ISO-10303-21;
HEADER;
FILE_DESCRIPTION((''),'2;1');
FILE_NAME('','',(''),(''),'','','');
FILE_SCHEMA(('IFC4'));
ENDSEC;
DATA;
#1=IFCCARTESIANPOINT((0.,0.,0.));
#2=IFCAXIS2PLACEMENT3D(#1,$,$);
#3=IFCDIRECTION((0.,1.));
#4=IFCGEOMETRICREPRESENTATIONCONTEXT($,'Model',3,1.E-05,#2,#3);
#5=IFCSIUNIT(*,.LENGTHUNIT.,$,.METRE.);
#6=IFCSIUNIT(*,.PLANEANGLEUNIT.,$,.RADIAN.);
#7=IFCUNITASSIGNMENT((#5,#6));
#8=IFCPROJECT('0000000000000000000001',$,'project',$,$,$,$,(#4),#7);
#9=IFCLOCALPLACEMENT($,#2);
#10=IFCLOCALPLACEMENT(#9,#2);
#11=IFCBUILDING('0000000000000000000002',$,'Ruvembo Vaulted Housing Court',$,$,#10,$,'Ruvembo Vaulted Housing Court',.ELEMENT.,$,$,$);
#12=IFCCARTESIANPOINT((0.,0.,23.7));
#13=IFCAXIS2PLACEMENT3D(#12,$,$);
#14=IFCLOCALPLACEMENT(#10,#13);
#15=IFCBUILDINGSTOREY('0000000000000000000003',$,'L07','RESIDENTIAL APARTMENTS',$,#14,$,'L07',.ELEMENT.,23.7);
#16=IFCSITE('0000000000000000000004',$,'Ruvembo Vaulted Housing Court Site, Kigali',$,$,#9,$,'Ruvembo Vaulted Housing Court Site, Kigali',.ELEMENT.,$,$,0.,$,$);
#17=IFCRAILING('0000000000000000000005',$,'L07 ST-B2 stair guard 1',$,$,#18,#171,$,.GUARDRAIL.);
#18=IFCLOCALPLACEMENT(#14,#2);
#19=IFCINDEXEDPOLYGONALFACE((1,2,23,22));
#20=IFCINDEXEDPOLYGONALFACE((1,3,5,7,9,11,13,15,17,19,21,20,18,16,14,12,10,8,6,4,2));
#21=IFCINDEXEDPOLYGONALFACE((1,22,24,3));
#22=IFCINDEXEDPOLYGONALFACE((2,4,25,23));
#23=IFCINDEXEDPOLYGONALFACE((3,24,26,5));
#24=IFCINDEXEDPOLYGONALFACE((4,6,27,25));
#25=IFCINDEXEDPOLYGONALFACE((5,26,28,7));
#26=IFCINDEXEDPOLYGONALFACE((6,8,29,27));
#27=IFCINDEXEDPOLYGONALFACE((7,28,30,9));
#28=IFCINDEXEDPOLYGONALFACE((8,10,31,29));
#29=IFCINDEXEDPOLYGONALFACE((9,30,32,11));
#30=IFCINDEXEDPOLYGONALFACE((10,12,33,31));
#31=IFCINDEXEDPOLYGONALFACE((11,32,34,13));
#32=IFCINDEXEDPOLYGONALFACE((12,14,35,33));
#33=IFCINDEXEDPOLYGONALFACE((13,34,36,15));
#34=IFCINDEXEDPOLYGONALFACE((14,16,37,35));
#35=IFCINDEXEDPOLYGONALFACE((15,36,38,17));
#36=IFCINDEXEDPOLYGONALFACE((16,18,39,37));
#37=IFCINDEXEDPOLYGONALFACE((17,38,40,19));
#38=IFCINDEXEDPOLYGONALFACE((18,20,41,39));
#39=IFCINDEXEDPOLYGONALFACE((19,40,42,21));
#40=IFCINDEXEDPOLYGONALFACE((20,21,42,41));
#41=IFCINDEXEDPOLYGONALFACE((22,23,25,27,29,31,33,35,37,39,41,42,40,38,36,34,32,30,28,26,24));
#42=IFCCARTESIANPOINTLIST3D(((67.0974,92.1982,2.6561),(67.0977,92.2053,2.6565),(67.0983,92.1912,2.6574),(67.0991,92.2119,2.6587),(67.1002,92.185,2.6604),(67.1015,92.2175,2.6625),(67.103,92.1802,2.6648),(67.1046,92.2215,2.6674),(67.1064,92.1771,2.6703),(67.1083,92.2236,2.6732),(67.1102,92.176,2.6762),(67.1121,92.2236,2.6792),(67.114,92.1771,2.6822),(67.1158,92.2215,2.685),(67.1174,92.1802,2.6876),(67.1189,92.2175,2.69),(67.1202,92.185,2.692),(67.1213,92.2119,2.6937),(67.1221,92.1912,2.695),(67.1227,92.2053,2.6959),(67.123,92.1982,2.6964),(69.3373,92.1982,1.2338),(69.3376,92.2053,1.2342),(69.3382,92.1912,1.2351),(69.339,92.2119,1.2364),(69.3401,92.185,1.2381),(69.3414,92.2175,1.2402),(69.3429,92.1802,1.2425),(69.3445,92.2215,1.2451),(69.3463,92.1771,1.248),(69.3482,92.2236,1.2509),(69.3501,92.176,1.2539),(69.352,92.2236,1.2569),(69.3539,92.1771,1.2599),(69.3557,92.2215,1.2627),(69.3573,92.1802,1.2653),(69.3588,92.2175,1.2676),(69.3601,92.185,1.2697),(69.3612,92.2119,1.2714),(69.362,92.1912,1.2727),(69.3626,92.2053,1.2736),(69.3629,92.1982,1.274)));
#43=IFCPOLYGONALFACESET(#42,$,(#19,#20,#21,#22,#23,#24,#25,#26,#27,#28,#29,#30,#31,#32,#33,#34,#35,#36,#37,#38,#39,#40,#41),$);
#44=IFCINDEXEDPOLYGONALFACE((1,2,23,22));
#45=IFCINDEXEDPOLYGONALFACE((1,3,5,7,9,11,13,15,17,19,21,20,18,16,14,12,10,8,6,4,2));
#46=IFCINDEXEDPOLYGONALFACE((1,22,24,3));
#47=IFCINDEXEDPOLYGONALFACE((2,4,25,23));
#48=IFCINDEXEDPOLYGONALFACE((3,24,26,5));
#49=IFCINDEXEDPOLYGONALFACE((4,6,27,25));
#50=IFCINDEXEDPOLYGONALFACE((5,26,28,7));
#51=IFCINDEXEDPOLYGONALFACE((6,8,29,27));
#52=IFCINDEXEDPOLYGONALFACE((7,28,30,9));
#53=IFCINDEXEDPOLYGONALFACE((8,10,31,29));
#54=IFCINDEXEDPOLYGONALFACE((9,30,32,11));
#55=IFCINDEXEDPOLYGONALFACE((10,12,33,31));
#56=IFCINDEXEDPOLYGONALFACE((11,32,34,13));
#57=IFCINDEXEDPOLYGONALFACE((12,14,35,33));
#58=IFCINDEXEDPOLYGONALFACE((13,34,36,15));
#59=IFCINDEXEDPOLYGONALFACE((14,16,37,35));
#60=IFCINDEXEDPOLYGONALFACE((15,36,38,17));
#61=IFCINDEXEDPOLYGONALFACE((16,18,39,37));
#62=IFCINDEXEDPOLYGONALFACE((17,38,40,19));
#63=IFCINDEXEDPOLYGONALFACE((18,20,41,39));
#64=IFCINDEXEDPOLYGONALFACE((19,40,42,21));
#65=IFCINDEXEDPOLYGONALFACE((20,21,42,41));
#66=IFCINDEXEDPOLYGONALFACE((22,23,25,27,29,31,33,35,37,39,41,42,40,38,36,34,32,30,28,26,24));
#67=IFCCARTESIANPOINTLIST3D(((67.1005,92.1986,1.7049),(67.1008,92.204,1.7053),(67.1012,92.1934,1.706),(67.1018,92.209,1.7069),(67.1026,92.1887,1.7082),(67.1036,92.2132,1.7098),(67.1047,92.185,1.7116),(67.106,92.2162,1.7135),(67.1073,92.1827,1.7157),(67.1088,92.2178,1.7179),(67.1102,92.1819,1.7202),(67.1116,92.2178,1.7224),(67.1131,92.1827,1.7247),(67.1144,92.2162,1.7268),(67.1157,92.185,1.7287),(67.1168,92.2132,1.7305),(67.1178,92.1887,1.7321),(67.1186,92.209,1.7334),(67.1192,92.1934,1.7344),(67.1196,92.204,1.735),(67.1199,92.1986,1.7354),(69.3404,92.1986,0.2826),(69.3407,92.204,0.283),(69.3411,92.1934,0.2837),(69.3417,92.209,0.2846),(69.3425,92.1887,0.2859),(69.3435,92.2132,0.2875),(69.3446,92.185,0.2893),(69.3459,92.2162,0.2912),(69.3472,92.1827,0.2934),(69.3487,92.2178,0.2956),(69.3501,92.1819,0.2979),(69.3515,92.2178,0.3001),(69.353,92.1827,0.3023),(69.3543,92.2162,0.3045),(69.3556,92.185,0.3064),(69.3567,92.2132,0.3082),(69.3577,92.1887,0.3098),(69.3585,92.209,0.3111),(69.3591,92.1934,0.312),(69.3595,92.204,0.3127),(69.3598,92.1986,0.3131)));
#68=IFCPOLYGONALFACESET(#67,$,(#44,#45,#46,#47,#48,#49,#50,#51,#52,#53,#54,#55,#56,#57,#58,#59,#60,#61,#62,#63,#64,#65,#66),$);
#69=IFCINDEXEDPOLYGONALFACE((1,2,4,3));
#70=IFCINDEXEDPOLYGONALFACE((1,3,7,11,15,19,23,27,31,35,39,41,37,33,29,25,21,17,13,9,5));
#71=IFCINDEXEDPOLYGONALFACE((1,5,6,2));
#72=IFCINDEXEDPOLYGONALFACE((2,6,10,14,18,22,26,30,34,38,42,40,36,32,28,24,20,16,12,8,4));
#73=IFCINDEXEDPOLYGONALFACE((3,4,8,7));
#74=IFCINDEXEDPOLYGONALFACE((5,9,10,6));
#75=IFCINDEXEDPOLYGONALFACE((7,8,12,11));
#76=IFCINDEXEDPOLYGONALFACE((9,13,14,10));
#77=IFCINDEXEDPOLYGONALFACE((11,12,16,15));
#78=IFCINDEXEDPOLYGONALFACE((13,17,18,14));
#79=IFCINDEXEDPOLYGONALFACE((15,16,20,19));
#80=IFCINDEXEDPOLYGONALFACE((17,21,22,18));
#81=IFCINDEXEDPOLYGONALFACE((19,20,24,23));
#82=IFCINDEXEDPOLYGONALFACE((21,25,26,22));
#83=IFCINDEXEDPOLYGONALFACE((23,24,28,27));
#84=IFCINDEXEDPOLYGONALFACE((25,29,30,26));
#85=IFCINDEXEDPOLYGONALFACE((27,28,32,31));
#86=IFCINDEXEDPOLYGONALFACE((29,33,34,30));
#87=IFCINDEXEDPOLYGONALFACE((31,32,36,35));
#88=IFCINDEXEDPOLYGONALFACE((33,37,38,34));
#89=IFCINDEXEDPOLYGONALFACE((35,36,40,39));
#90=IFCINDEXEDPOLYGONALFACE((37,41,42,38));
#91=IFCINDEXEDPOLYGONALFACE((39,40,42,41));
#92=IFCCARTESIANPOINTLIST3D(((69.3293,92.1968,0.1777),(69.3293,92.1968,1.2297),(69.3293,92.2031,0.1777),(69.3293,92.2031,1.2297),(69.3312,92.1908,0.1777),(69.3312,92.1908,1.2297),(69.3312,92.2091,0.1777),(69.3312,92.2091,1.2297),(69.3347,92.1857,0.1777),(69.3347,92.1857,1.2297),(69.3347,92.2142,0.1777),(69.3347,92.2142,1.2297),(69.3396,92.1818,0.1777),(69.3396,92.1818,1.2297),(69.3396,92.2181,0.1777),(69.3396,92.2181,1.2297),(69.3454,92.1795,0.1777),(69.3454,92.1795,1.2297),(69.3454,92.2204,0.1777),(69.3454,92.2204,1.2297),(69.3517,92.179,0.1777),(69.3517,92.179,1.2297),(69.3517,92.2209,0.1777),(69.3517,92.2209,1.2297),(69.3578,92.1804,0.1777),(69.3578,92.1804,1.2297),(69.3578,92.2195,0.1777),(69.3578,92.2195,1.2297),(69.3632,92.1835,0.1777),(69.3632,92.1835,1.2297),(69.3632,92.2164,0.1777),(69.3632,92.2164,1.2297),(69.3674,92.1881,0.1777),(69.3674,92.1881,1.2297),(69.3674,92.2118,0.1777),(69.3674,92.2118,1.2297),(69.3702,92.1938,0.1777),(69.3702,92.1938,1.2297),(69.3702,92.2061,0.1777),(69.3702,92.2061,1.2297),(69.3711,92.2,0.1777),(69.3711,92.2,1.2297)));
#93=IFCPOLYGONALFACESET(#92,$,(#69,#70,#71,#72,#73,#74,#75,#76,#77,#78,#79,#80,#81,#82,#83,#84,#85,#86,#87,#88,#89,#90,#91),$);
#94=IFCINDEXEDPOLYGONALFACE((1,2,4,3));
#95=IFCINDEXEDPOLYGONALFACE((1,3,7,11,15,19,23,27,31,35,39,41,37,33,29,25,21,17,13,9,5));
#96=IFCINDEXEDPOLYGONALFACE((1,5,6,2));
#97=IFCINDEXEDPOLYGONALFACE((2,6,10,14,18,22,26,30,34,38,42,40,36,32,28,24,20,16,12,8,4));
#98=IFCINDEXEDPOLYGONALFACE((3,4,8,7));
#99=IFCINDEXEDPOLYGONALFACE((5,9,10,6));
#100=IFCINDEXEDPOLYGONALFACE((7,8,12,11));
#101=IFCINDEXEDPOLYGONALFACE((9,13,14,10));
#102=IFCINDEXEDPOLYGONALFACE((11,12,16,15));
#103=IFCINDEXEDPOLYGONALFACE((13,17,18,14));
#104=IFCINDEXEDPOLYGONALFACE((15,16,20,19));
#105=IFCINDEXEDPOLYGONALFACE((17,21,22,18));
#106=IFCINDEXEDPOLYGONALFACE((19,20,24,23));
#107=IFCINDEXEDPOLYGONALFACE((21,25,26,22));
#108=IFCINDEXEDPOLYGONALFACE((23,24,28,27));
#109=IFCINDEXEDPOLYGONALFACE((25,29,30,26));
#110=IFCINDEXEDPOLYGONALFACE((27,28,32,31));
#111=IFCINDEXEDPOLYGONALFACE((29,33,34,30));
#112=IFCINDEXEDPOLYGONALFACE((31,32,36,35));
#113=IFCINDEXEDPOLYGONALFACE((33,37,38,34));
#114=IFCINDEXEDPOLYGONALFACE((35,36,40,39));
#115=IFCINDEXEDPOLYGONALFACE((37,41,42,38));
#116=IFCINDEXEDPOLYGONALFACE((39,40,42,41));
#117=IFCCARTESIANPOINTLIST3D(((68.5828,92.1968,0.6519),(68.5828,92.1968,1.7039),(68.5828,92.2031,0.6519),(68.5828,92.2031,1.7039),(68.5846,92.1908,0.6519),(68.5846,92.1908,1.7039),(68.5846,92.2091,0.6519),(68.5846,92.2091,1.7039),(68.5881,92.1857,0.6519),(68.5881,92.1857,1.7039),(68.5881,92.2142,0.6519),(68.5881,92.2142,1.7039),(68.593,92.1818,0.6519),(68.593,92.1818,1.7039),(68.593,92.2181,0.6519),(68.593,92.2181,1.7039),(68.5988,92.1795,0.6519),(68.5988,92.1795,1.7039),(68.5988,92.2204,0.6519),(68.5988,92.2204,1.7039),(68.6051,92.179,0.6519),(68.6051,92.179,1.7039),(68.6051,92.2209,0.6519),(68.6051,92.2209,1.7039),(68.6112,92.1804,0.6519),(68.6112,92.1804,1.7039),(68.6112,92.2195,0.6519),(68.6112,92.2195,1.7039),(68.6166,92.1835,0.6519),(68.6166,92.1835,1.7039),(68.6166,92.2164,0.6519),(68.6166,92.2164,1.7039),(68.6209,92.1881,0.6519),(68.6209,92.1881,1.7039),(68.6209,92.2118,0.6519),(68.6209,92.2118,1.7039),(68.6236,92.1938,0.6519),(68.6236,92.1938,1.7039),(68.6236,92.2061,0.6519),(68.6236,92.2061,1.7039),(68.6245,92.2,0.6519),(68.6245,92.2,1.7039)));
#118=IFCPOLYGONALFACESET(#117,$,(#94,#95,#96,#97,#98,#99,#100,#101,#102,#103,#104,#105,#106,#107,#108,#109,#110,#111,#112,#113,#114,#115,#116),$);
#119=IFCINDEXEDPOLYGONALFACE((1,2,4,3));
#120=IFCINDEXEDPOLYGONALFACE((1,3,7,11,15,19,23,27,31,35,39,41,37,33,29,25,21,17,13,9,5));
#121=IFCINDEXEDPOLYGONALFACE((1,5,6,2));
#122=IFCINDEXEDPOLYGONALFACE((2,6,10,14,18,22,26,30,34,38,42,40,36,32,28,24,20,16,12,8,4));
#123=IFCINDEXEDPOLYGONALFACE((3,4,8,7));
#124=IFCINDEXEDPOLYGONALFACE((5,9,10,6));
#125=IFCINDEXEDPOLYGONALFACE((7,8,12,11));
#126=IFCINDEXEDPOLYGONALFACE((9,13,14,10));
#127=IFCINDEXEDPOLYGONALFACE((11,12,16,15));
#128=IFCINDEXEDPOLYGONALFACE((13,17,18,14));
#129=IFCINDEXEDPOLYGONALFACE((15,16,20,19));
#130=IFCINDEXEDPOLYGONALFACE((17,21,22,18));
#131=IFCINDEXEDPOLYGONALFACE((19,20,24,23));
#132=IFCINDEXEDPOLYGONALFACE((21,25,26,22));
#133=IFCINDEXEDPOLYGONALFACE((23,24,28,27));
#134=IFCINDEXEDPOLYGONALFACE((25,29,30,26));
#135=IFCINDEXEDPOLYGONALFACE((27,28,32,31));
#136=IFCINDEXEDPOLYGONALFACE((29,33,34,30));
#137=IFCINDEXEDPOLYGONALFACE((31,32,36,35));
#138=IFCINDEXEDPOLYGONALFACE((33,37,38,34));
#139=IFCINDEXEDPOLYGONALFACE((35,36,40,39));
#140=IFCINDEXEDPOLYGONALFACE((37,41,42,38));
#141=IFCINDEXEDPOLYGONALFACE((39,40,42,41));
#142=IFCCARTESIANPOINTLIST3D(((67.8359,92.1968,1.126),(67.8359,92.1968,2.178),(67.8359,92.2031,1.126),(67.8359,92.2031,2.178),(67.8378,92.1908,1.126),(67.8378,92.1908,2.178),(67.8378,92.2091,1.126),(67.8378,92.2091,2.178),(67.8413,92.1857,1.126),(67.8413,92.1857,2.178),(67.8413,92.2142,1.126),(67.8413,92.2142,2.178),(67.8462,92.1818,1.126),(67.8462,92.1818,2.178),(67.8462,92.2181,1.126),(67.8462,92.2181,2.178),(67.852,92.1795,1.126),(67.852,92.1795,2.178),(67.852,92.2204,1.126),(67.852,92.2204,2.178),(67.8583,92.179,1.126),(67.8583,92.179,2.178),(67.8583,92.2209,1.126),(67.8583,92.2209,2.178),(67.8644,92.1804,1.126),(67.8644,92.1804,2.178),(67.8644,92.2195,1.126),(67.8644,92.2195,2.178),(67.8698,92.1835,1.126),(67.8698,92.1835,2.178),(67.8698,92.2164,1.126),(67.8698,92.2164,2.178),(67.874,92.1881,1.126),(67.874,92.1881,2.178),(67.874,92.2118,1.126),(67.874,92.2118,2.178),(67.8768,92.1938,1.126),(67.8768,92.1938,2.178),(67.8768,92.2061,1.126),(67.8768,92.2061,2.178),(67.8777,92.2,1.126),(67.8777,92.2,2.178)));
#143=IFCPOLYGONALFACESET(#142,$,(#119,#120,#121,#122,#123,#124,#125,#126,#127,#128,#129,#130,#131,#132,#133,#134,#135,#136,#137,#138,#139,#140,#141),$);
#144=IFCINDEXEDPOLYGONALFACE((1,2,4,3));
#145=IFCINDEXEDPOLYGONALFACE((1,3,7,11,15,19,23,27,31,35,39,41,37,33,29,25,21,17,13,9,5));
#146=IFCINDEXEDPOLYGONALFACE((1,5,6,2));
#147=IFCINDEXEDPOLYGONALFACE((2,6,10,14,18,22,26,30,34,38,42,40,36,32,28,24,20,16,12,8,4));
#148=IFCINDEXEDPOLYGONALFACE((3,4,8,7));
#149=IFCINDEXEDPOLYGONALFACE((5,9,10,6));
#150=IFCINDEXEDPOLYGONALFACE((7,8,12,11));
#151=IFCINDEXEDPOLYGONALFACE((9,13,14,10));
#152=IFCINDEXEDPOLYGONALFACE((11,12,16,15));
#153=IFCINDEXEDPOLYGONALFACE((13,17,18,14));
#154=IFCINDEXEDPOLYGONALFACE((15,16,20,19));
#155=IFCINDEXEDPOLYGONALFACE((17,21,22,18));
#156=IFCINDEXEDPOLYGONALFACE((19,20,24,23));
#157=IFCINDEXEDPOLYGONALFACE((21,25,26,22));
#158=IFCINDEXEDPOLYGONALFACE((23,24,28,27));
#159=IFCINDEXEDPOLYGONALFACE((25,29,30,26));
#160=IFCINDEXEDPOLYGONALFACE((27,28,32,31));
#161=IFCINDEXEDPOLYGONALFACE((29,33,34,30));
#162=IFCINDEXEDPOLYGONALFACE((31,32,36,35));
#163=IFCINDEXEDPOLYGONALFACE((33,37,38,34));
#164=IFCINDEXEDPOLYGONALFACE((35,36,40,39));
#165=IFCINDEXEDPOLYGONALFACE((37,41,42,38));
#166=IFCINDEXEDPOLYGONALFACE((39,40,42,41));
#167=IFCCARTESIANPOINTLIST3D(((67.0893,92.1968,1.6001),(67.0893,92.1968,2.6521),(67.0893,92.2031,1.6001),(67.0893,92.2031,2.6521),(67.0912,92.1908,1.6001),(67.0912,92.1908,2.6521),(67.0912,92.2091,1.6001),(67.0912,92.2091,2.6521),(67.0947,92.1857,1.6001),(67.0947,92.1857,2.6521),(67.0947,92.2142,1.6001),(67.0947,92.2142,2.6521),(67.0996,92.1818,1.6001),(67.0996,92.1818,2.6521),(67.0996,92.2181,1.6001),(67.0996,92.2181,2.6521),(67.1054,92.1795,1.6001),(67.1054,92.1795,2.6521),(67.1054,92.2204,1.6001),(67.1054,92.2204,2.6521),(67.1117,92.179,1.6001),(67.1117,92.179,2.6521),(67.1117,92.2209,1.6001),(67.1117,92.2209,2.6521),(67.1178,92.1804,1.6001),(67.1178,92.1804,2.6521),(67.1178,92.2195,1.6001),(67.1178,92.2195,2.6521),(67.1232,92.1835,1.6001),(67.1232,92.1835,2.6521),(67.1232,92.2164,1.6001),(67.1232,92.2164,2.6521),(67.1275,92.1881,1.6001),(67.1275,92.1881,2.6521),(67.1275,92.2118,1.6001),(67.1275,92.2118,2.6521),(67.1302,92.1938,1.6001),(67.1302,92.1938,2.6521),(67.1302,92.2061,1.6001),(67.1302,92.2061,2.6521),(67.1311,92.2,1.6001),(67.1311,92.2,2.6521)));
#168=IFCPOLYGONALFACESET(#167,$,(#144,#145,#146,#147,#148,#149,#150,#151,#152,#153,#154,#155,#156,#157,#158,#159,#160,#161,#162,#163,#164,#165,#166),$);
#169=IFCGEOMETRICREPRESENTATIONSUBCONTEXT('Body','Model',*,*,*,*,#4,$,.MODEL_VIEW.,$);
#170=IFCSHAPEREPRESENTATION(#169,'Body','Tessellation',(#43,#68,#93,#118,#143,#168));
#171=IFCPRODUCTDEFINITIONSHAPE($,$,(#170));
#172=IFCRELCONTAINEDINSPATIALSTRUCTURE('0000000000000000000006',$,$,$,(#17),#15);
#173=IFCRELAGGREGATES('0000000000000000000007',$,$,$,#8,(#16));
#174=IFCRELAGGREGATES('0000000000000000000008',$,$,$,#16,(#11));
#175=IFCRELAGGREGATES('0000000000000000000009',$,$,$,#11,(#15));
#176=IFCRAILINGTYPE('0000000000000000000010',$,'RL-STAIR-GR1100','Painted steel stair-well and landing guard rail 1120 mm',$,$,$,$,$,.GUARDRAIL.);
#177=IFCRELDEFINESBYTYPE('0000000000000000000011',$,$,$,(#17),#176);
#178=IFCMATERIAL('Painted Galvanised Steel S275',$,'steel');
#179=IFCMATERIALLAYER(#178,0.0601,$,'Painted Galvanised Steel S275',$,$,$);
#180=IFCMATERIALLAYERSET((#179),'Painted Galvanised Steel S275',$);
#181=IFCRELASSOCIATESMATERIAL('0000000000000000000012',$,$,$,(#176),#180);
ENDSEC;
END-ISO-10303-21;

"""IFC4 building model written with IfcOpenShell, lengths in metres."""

from ifc_helpers import new_model, si_unit, direction, frame, origin, origin_2d, place, context, subcontext, project, spatial, circle, extrude, material, layer, layer_set, type_object, element, save


model = new_model("IFC4")

# Units and contexts
model_context = context("Model", 3, precision=1e-05, world=origin(), true_north=direction((0.0, 1.0)))
body_context = subcontext(model_context, "Body", "Model", "MODEL_VIEW")
ifc_project = project(units=[si_unit("LENGTHUNIT", "METRE"), si_unit("PLANEANGLEUNIT", "RADIAN")], contexts=[model_context])

# Site, building, storey
site_placement = place(None, origin())
site = spatial("IfcSite", under=ifc_project, at=site_placement, Name="Ruvembo Vaulted Housing Court Site, Kigali", LongName="Ruvembo Vaulted Housing Court Site, Kigali", CompositionType="ELEMENT", RefElevation=0.0)
building_placement = place(site_placement, origin())
building = spatial("IfcBuilding", under=site, at=building_placement, Name="Ruvembo Vaulted Housing Court", LongName="Ruvembo Vaulted Housing Court", CompositionType="ELEMENT")
storey_placement = place(building_placement, frame((0.0, 0.0, 23.7)))
storey = spatial("IfcBuildingStorey", under=building, at=storey_placement, Name="L07", Description="RESIDENTIAL APARTMENTS", LongName="L07", CompositionType="ELEMENT", Elevation=23.7)

# Railing
ifc_material_1 = material(Name="Painted Galvanised Steel S275", Category="steel")
ifc_layer_1 = layer(ifc_material_1, 0.0601, Name="Painted Galvanised Steel S275")
ifc_layer_set_1 = layer_set([ifc_layer_1], Name="Painted Galvanised Steel S275")
railing_type_1 = type_object("IfcRailingType", Name="RL-STAIR-GR1100", Description="Painted steel stair-well and landing guard rail 1120 mm", PredefinedType="GUARDRAIL", material=ifc_layer_set_1)
railing_1_placement = place(storey_placement, frame((69.3501, 92.2, 0.1777)))
element("IfcRailing", 1, at=railing_1_placement, inside=storey, type_object=railing_type_1, Name="L07 ST-B2 stair guard 1", PredefinedType="GUARDRAIL", context=body_context, shape_type="SweptSolid", body=[
    extrude(circle(Radius=0.0239, at=origin_2d()), frame((0.0, 0.0, 1.0762), z_axis=(-0.844188, 0.0, 0.536048), x_axis=(0.0, -1.0, 0.0)), (0.0, 0.0, 1.0), 2.6533),
    extrude(circle(Radius=0.0181, at=origin_2d()), frame((0.0, 0.0, 0.1201), z_axis=(-0.844188, 0.0, 0.536048), x_axis=(0.0, -1.0, 0.0)), (0.0, 0.0, 1.0), 2.6533),
    extrude(circle(Radius=0.021, at=origin_2d()), origin(), (0.0, 0.0, 1.0), 1.052),
    extrude(circle(Radius=0.021, at=origin_2d()), frame((-0.7466, 0.0, 0.4741)), (0.0, 0.0, 1.0), 1.052),
    extrude(circle(Radius=0.021, at=origin_2d()), frame((-1.4934, 0.0, 0.9482)), (0.0, 0.0, 1.0), 1.052),
    extrude(circle(Radius=0.021, at=origin_2d()), frame((-2.24, 0.0, 1.4224)), (0.0, 0.0, 1.0), 1.052),
])

save(model, "model.ifc")
